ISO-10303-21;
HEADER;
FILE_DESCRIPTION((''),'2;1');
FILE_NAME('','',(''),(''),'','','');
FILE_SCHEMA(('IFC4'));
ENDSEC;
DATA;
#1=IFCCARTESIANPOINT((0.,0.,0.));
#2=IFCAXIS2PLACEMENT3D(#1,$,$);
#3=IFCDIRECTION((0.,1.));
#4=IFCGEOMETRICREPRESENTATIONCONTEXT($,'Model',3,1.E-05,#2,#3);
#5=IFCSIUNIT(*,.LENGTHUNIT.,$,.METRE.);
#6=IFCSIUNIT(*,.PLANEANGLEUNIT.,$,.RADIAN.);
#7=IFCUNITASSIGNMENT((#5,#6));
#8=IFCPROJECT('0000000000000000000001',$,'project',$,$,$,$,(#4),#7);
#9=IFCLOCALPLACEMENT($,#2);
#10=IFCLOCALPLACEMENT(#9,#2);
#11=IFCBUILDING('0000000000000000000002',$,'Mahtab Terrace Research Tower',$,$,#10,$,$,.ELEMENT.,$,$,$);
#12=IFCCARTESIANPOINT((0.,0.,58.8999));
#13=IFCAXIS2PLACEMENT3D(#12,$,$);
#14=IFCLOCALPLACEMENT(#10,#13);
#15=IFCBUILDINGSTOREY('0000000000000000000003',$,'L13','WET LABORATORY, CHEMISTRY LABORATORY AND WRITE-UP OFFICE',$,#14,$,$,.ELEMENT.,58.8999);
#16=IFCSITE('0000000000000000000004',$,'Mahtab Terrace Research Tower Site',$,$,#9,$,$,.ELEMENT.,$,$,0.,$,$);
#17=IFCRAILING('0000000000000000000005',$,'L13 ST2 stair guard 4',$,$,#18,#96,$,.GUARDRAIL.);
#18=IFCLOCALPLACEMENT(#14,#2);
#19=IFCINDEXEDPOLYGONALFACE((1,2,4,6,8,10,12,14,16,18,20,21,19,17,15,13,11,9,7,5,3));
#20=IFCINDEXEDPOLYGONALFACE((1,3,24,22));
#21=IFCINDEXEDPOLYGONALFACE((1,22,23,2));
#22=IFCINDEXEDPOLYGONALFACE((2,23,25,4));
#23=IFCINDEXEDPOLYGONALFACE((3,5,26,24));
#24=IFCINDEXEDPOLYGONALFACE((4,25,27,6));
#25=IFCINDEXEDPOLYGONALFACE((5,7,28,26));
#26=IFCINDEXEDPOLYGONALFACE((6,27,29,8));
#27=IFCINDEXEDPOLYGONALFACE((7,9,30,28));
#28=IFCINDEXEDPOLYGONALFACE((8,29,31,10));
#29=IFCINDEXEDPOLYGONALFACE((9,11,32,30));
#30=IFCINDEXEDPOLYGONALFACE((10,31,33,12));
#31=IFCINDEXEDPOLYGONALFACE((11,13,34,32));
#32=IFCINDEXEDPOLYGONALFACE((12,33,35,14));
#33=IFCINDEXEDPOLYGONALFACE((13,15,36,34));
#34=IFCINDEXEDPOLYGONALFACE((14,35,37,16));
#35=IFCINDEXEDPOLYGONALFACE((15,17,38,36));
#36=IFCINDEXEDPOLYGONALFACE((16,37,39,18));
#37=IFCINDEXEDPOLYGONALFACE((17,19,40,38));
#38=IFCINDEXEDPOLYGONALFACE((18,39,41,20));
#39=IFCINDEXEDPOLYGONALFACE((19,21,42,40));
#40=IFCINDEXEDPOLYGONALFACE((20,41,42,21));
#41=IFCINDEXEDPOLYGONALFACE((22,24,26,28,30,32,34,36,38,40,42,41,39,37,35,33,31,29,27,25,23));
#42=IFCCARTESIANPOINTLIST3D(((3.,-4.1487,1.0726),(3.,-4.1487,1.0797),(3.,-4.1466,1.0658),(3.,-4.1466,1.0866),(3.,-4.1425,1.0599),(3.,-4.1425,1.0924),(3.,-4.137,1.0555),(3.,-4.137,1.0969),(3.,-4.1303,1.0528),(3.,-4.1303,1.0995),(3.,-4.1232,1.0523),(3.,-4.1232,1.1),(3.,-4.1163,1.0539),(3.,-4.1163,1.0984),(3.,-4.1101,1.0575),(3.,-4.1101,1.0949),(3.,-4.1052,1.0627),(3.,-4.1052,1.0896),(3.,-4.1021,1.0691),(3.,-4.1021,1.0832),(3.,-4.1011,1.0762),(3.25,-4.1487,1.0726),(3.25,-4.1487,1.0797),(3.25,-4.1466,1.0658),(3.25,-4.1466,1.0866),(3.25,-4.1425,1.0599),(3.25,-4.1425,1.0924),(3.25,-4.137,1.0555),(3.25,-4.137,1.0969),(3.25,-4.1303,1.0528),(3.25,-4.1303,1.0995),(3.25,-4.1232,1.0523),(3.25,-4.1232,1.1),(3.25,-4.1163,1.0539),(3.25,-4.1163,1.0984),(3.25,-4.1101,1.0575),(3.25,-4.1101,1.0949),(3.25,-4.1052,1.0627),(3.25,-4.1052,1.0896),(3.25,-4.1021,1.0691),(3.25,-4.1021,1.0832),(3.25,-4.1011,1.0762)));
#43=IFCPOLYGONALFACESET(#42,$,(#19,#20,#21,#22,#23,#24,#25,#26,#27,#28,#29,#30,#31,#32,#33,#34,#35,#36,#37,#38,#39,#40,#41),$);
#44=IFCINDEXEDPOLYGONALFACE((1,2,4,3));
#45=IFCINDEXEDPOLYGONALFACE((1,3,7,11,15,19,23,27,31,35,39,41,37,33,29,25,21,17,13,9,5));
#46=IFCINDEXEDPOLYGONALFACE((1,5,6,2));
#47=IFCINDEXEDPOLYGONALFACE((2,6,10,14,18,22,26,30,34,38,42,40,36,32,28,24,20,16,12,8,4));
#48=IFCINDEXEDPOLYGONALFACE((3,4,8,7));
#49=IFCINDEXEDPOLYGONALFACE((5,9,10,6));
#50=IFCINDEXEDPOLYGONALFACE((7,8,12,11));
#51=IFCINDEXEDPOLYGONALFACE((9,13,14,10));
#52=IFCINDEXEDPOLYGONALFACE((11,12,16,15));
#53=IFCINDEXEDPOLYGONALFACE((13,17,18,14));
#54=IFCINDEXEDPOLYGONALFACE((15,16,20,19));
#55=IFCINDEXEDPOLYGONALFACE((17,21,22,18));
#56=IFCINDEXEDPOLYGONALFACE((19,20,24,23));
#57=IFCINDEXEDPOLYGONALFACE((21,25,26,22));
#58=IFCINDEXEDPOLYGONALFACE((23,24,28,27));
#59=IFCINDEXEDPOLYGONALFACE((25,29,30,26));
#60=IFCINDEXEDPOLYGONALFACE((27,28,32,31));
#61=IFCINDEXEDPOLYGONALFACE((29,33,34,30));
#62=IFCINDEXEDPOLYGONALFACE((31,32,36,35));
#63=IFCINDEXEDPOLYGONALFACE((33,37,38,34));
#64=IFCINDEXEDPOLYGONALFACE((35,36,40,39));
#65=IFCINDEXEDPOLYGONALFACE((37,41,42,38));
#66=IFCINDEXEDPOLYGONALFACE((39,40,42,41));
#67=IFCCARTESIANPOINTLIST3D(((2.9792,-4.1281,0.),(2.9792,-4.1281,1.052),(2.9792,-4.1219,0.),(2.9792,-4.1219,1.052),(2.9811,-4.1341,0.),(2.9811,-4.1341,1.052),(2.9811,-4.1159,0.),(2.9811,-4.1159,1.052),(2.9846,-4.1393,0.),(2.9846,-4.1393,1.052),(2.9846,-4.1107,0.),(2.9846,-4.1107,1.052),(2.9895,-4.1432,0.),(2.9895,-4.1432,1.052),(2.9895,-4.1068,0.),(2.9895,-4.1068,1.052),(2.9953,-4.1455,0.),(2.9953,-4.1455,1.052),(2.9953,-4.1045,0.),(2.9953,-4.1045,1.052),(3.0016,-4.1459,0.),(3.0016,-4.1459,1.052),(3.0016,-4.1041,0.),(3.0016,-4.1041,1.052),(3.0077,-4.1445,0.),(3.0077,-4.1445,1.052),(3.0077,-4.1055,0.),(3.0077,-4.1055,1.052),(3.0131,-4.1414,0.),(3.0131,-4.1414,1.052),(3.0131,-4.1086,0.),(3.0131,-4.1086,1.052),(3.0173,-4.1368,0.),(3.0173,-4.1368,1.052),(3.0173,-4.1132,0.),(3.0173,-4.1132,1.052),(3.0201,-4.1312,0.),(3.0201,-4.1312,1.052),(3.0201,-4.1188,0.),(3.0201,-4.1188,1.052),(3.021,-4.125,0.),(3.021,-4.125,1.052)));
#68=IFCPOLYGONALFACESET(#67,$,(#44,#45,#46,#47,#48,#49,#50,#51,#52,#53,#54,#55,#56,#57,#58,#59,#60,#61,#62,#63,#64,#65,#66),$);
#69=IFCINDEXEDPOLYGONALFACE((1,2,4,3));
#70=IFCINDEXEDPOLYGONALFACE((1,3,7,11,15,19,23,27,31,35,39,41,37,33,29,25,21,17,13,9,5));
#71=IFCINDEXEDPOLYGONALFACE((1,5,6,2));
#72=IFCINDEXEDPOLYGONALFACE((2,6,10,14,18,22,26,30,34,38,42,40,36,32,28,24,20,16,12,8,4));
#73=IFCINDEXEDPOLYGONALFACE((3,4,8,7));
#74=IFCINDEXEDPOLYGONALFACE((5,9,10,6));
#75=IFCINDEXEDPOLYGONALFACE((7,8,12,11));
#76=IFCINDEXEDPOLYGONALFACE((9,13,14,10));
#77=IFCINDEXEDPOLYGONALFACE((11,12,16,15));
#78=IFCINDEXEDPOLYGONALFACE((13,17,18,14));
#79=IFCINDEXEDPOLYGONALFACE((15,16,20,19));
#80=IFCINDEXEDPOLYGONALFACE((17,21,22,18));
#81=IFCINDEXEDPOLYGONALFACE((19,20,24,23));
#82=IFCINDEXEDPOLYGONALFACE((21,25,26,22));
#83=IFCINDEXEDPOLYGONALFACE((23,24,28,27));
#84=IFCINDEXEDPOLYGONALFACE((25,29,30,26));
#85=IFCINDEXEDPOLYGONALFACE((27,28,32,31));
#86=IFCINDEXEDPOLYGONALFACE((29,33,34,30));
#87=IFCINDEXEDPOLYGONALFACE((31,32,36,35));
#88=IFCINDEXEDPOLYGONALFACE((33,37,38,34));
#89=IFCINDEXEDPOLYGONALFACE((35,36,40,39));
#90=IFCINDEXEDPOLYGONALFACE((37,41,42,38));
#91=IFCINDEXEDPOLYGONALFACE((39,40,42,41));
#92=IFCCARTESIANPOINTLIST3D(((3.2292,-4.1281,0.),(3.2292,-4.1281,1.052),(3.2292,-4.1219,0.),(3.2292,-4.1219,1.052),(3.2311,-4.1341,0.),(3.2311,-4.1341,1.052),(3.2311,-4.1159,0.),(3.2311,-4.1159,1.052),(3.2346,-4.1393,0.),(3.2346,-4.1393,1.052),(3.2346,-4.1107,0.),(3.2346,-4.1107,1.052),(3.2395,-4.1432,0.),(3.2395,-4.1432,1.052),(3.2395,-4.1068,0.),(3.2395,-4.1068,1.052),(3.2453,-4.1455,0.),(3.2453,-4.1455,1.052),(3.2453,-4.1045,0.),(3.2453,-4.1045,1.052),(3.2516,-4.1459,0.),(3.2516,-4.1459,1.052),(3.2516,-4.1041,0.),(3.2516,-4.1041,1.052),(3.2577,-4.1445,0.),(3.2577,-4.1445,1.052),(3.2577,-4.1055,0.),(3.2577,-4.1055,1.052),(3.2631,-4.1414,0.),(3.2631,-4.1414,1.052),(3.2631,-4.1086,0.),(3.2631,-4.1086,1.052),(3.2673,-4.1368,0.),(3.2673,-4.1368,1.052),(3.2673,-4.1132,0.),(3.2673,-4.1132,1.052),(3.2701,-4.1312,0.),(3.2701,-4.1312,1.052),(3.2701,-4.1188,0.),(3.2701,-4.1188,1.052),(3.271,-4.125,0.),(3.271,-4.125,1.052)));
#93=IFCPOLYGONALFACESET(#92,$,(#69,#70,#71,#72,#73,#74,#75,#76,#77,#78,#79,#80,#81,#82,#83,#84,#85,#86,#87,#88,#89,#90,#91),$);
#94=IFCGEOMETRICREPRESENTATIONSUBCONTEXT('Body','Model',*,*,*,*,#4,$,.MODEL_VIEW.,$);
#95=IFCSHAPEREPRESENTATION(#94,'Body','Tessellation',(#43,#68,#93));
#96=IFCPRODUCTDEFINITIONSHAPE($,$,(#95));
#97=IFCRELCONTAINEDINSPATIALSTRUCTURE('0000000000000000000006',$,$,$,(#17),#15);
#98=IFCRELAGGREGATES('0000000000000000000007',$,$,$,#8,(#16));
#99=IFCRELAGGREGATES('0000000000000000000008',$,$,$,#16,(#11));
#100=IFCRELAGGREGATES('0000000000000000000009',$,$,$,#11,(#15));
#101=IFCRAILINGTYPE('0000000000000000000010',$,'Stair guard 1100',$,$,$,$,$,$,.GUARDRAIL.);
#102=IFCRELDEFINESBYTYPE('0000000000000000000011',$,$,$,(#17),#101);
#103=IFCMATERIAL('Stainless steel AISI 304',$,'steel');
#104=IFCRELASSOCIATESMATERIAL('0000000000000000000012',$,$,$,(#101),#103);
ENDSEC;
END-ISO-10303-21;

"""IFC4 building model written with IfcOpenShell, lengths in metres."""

from ifc_helpers import new_model, si_unit, direction, frame, origin, origin_2d, place, context, subcontext, project, spatial, circle, extrude, material, type_object, element, save


model = new_model("IFC4")

# Units and contexts
model_context = context("Model", 3, precision=1e-05, world=origin(), true_north=direction((0.0, 1.0)))
body_context = subcontext(model_context, "Body", "Model", "MODEL_VIEW")
ifc_project = project(units=[si_unit("LENGTHUNIT", "METRE"), si_unit("PLANEANGLEUNIT", "RADIAN")], contexts=[model_context])

# Site, building, storey
site_placement = place(None, origin())
site = spatial("IfcSite", under=ifc_project, at=site_placement, Name="Mahtab Terrace Research Tower Site", CompositionType="ELEMENT", RefElevation=0.0)
building_placement = place(site_placement, origin())
building = spatial("IfcBuilding", under=site, at=building_placement, Name="Mahtab Terrace Research Tower", CompositionType="ELEMENT")
storey_placement = place(building_placement, frame((0.0, 0.0, 58.8999)))
storey = spatial("IfcBuildingStorey", under=building, at=storey_placement, Name="L13", Description="WET LABORATORY, CHEMISTRY LABORATORY AND WRITE-UP OFFICE", CompositionType="ELEMENT", Elevation=58.8999)

# Railing
ifc_material_1 = material(Name="Stainless steel AISI 304", Category="steel")
railing_type_1 = type_object("IfcRailingType", Name="Stair guard 1100", PredefinedType="GUARDRAIL", material=ifc_material_1)
railing_1_placement = place(storey_placement, frame((3.0, -4.125, 0.0)))
element("IfcRailing", 1, at=railing_1_placement, inside=storey, type_object=railing_type_1, Name="L13 ST2 stair guard 4", PredefinedType="GUARDRAIL", context=body_context, shape_type="SweptSolid", body=[
    extrude(circle(Radius=0.0239, at=origin_2d()), frame((0.0, 0.0, 1.0762), z_axis=(1.0, 0.0, 0.0), x_axis=(0.0, 1.0, 0.0)), (0.0, 0.0, 1.0), 0.25),
    extrude(circle(Radius=0.021, at=origin_2d()), origin(), (0.0, 0.0, 1.0), 1.052),
    extrude(circle(Radius=0.021, at=origin_2d()), frame((0.25, 0.0, 0.0)), (0.0, 0.0, 1.0), 1.052),
])

save(model, "model.ifc")
